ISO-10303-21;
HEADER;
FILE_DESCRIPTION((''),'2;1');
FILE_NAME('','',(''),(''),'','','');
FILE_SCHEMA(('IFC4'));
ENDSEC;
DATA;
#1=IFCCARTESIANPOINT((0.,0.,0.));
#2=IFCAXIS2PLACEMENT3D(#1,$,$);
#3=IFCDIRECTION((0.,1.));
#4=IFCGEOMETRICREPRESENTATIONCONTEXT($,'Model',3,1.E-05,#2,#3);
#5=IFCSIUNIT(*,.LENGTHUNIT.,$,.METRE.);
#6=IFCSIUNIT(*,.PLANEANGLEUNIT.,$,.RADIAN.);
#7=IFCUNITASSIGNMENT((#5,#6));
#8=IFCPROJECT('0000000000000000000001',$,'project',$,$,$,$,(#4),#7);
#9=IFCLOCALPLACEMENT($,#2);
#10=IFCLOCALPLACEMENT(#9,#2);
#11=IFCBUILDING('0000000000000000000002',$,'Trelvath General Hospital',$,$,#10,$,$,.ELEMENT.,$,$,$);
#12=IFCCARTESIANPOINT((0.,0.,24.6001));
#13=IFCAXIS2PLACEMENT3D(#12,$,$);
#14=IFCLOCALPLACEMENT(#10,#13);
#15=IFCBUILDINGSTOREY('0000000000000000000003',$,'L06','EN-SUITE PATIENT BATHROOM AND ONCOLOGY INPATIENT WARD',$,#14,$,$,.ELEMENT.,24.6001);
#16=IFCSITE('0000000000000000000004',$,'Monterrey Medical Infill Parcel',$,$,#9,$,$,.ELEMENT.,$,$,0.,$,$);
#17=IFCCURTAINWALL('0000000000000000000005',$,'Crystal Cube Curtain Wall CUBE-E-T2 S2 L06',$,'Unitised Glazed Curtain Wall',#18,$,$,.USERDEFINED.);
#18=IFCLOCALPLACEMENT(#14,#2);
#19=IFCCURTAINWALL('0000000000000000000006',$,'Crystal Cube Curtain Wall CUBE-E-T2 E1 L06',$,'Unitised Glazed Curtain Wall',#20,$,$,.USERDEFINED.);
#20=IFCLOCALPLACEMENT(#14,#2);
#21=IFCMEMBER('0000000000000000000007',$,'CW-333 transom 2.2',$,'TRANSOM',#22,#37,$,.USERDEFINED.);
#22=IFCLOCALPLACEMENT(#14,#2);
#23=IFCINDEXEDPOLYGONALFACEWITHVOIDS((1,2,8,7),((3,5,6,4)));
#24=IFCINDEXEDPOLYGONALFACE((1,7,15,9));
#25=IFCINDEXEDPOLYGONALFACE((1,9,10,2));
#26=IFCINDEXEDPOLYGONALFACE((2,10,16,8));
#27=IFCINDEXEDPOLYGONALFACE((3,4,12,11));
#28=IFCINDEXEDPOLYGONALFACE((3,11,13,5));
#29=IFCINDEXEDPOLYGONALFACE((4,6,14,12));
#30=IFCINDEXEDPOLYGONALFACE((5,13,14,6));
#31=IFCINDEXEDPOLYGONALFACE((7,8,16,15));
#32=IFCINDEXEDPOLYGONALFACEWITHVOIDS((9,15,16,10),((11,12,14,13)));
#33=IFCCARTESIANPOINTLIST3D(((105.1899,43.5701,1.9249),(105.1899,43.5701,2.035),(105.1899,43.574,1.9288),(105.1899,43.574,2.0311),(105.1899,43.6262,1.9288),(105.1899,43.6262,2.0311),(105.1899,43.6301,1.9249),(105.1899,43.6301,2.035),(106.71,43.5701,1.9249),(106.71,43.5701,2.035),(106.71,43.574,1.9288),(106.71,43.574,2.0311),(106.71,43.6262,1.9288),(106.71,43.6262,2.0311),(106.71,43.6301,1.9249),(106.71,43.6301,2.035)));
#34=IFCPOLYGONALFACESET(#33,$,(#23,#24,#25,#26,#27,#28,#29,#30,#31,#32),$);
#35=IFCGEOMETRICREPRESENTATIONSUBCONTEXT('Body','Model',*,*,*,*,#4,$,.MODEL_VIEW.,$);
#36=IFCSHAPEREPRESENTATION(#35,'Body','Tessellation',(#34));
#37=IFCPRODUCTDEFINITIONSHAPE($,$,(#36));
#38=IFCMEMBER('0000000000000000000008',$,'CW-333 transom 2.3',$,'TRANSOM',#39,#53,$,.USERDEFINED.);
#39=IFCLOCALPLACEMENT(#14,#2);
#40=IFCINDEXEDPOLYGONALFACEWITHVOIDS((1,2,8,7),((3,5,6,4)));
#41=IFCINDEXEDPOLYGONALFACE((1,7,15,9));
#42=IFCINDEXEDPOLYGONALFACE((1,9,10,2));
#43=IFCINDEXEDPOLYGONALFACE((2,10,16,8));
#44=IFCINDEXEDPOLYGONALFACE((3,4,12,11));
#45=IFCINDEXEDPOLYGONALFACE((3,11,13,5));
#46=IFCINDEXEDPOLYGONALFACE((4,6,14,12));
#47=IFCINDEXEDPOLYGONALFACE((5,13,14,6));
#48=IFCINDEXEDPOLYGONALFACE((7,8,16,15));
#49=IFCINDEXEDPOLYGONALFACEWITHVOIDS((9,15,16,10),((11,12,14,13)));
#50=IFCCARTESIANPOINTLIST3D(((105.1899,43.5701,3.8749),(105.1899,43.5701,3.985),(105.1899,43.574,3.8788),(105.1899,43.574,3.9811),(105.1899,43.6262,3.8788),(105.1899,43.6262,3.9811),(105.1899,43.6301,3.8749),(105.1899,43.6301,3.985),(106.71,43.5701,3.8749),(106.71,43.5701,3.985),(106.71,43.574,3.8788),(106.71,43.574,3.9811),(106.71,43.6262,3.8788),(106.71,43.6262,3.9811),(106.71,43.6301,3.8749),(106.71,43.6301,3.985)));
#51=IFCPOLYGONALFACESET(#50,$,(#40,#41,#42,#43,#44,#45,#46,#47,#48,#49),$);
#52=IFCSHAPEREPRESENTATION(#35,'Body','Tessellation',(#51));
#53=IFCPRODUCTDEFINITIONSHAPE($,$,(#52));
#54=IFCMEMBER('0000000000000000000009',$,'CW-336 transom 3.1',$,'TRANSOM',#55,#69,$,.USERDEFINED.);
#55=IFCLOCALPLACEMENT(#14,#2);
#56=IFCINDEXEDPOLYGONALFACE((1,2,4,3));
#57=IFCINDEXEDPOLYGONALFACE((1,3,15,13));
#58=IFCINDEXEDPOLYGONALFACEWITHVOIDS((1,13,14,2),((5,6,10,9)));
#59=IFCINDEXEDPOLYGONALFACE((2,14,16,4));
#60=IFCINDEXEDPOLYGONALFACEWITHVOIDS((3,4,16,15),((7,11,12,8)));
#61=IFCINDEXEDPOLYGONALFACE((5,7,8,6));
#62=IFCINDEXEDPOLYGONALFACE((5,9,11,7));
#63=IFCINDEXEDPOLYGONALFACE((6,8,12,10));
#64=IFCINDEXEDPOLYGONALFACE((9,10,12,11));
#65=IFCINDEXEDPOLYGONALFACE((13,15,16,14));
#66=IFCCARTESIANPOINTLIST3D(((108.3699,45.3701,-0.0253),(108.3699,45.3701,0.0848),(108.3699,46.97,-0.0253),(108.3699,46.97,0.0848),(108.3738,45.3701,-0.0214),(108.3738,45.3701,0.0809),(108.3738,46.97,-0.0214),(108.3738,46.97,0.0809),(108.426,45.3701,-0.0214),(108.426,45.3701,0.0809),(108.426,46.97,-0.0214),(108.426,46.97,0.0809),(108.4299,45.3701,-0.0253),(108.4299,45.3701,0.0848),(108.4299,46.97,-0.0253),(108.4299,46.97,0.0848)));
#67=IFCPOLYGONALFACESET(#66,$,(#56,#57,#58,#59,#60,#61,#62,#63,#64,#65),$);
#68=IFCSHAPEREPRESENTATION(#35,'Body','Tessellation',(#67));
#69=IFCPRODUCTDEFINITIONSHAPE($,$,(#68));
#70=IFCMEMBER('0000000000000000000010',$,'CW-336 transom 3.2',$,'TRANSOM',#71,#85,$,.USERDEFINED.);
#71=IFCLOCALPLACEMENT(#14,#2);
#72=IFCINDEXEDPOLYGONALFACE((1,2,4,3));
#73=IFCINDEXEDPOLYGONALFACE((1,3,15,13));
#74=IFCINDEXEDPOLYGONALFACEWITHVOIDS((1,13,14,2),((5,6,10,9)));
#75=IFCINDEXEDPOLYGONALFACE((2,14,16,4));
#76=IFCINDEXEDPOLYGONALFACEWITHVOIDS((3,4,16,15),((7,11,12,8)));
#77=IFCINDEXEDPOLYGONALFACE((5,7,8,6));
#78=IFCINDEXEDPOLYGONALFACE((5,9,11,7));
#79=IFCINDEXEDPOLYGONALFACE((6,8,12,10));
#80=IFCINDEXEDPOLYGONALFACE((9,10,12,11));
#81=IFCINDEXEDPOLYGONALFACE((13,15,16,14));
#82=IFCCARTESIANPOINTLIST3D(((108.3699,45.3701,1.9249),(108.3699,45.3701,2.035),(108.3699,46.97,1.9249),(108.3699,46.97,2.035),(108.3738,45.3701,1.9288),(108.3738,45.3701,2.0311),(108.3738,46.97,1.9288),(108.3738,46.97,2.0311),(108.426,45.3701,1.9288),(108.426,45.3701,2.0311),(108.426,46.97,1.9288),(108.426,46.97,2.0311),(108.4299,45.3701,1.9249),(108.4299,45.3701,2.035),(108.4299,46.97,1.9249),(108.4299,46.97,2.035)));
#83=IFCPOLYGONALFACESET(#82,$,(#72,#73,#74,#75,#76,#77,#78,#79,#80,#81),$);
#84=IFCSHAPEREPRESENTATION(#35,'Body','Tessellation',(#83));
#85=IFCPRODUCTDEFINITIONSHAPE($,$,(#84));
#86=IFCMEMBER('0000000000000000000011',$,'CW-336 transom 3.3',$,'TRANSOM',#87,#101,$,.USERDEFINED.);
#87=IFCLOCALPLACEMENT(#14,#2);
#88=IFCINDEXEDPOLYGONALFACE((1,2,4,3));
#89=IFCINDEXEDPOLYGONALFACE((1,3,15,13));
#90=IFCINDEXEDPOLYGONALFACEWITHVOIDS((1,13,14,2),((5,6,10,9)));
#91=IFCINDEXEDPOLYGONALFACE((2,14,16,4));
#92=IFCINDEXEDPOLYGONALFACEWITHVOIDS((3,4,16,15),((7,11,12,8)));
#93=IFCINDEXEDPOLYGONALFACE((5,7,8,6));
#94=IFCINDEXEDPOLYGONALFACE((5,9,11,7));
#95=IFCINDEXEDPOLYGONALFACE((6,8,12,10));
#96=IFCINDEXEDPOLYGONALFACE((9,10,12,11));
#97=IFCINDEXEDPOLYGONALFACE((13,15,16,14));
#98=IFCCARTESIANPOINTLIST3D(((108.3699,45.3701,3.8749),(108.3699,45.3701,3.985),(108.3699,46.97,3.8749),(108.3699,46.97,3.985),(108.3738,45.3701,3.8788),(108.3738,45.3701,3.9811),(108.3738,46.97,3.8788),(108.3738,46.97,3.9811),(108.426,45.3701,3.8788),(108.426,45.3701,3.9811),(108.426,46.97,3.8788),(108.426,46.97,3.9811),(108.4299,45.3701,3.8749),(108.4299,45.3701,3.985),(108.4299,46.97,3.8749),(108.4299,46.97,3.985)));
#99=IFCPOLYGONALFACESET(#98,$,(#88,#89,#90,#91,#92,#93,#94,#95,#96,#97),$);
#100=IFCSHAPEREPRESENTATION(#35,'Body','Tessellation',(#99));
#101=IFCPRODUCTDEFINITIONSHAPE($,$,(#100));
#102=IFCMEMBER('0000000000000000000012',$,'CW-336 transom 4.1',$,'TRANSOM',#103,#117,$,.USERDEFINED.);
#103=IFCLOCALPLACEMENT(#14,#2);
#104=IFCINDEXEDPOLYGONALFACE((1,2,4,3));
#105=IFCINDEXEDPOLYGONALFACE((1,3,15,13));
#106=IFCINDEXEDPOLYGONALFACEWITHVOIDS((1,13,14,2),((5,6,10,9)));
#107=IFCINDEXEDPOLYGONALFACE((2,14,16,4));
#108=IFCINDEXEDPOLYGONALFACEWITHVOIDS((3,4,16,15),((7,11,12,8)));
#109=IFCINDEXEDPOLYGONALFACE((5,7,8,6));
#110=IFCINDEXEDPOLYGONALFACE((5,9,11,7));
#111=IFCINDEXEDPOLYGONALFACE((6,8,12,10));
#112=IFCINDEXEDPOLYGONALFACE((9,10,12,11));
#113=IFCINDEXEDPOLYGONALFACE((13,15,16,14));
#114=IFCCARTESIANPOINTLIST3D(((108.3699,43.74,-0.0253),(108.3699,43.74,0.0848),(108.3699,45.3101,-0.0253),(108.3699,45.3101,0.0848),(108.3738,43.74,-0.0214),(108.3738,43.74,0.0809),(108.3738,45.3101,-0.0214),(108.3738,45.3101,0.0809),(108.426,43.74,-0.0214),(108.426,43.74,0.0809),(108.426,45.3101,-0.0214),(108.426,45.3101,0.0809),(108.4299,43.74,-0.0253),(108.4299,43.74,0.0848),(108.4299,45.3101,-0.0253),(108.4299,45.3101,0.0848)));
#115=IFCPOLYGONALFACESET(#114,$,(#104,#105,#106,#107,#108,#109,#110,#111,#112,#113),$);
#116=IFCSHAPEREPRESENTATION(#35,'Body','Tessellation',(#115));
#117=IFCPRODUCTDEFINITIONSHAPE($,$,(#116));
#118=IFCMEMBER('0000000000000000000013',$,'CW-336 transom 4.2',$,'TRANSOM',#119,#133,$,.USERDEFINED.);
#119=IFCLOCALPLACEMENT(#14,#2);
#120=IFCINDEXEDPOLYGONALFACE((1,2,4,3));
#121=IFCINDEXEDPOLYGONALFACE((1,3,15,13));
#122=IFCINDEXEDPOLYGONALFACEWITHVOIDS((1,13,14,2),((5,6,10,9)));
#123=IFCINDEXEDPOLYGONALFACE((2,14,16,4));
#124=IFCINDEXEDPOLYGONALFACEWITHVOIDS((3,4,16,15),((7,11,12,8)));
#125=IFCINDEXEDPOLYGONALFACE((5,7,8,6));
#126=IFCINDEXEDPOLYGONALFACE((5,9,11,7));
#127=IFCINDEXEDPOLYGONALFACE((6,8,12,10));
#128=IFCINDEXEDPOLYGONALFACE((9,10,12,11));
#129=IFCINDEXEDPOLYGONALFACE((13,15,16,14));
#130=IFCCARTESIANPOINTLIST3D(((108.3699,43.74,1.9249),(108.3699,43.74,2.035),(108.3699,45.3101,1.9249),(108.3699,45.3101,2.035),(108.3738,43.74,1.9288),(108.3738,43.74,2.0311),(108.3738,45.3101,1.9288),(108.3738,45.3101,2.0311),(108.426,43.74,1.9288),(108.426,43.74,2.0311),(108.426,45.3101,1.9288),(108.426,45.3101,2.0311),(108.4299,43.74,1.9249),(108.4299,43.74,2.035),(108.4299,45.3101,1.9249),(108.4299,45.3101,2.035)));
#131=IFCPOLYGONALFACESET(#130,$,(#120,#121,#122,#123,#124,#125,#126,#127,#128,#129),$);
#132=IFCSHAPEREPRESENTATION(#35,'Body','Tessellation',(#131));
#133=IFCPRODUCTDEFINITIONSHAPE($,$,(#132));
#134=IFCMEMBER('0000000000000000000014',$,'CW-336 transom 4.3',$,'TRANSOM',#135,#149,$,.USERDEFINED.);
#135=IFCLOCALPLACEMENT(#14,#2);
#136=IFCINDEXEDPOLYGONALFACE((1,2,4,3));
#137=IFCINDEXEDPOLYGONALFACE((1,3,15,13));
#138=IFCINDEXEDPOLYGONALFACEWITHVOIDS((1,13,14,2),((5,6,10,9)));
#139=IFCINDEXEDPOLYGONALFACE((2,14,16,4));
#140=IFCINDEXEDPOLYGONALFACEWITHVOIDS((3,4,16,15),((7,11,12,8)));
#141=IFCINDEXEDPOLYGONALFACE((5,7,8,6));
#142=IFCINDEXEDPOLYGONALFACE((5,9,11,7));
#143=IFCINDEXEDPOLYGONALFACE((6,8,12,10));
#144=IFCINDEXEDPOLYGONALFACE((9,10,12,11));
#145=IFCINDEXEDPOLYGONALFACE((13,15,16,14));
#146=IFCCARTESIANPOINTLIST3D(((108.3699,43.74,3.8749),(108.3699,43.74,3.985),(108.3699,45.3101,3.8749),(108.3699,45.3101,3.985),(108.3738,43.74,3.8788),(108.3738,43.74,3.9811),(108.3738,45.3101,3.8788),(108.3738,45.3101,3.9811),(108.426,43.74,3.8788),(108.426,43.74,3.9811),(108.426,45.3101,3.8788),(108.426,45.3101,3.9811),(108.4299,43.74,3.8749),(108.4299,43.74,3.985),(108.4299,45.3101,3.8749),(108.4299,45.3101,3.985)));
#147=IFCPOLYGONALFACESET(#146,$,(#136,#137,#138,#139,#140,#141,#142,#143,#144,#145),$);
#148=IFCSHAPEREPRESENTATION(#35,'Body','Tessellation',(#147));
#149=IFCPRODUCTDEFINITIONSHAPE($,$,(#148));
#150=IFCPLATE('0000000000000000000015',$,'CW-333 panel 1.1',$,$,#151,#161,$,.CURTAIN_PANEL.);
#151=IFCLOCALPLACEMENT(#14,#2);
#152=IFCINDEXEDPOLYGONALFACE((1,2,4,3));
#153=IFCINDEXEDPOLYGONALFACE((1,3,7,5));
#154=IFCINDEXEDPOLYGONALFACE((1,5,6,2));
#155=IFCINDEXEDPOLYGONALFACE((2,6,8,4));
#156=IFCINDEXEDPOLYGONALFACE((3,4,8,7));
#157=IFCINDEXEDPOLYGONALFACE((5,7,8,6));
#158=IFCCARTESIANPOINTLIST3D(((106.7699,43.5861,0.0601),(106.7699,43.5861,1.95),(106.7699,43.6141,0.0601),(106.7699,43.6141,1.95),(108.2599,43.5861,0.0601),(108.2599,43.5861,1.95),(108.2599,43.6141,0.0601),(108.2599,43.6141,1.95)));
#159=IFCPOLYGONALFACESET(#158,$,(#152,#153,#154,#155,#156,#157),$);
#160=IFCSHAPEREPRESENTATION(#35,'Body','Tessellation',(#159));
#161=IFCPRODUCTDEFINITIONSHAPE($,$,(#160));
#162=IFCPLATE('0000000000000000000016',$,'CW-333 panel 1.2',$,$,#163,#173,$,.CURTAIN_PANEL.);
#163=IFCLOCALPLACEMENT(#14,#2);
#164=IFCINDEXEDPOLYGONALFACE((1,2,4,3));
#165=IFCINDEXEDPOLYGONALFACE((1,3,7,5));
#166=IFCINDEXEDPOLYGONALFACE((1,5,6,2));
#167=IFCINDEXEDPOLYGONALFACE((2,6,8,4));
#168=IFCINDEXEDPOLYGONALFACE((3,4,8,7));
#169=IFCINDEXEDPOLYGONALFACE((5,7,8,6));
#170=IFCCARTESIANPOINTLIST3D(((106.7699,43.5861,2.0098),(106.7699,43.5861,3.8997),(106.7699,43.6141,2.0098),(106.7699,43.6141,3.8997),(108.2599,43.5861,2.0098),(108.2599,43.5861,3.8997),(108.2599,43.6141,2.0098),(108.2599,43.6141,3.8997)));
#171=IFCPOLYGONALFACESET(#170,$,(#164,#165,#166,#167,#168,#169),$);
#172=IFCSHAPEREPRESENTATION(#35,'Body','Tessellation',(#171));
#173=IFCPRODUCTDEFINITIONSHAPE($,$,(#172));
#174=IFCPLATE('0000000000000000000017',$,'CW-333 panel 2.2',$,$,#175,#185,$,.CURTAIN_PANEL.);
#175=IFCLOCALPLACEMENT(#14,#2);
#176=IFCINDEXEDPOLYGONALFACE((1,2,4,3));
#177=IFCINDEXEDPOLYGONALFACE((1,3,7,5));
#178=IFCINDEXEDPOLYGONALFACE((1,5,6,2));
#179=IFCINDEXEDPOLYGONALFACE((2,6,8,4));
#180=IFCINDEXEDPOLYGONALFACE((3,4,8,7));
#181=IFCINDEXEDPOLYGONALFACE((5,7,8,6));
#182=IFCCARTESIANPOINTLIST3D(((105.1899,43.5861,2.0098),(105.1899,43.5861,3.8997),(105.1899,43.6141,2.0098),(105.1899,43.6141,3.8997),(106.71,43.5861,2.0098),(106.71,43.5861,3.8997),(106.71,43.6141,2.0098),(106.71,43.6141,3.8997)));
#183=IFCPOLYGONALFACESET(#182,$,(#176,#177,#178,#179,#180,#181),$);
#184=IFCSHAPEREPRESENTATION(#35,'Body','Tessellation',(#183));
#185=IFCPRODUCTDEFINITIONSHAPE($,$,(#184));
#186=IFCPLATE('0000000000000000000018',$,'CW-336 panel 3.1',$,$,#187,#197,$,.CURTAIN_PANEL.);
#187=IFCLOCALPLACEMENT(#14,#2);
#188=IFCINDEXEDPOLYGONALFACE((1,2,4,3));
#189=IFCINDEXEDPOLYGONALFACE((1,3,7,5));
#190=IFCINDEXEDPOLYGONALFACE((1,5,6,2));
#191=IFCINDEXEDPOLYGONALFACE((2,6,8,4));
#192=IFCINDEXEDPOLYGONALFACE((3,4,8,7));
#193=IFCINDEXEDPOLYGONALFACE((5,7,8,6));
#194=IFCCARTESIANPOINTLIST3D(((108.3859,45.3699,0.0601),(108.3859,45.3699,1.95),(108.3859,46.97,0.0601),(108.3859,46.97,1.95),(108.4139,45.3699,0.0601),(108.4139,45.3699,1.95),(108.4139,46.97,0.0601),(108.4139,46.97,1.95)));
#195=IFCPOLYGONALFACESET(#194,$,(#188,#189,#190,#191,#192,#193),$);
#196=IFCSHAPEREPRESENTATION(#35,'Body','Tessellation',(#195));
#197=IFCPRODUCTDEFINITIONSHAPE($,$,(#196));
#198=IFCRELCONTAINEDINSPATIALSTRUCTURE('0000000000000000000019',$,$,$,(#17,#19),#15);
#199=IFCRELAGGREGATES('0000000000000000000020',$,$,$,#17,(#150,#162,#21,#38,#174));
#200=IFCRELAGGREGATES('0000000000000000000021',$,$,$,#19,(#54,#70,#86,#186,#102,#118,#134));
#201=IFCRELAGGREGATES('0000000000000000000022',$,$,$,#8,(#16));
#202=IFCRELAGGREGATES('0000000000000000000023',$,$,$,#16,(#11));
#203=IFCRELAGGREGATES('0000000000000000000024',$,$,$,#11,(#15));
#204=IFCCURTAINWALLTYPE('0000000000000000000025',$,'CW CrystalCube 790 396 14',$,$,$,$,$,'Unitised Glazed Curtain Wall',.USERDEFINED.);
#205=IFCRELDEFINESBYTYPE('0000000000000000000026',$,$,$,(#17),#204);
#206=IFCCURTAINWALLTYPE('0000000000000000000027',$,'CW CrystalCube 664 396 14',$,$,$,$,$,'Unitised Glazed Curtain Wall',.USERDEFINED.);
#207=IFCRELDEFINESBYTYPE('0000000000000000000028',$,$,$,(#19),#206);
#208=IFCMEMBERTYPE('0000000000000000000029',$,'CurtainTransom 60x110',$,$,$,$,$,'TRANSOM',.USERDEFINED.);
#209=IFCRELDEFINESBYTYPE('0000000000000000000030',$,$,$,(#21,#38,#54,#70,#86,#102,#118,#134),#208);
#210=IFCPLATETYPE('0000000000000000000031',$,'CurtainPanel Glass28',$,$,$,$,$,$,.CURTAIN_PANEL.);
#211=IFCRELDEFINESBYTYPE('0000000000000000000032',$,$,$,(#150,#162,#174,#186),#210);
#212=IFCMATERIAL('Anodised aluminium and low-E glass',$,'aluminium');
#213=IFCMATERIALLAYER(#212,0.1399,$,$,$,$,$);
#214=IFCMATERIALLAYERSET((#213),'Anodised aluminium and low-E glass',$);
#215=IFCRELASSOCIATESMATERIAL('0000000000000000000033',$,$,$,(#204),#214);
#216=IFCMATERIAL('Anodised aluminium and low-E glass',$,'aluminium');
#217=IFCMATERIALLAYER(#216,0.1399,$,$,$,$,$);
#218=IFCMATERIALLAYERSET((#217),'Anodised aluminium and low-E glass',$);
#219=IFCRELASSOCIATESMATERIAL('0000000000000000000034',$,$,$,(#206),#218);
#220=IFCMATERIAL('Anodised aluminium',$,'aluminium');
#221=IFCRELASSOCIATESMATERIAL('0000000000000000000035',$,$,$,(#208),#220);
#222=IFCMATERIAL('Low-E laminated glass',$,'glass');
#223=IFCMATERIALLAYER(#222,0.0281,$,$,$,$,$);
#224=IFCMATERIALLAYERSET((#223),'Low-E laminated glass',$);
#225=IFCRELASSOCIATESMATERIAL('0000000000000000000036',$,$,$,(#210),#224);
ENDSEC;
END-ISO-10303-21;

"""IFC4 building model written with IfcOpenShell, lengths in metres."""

from ifc_helpers import new_model, si_unit, direction, frame, origin, origin_2d, place, context, subcontext, project, spatial, rectangle, hollow_rectangle, extrude, material, layer, layer_set, material_profile, profile_set, type_object, element, aggregate, save


model = new_model("IFC4")

# Units and contexts
model_context = context("Model", 3, precision=1e-05, world=origin(), true_north=direction((0.0, 1.0)))
body_context = subcontext(model_context, "Body", "Model", "MODEL_VIEW")
ifc_project = project(units=[si_unit("LENGTHUNIT", "METRE"), si_unit("PLANEANGLEUNIT", "RADIAN")], contexts=[model_context])

# Site, building, storey
site_placement = place(None, origin())
site = spatial("IfcSite", under=ifc_project, at=site_placement, Name="Monterrey Medical Infill Parcel", CompositionType="ELEMENT", RefElevation=0.0)
building_placement = place(site_placement, origin())
building = spatial("IfcBuilding", under=site, at=building_placement, Name="Trelvath General Hospital", CompositionType="ELEMENT")
storey_placement = place(building_placement, frame((0.0, 0.0, 24.6001)))
storey = spatial("IfcBuildingStorey", under=building, at=storey_placement, Name="L06", Description="EN-SUITE PATIENT BATHROOM AND ONCOLOGY INPATIENT WARD", CompositionType="ELEMENT", Elevation=24.6001)

# Curtain walls
ifc_material_1 = material(Name="Anodised aluminium and low-E glass", Category="aluminium")
ifc_layer_1 = layer(ifc_material_1, 0.1399)
ifc_layer_set_1 = layer_set([ifc_layer_1], Name="Anodised aluminium and low-E glass")
curtain_wall_type_1 = type_object("IfcCurtainWallType", Name="CW CrystalCube 790 396 14", ElementType="Unitised Glazed Curtain Wall", PredefinedType="USERDEFINED", material=ifc_layer_set_1)
curtain_wall_1_placement = place(storey_placement, origin())
curtain_wall_1 = element("IfcCurtainWall", 1, at=curtain_wall_1_placement, inside=storey, type_object=curtain_wall_type_1, Name="Crystal Cube Curtain Wall CUBE-E-T2 S2 L06", ObjectType="Unitised Glazed Curtain Wall", PredefinedType="USERDEFINED")
ifc_material_2 = material(Name="Anodised aluminium and low-E glass", Category="aluminium")
ifc_layer_2 = layer(ifc_material_2, 0.1399)
ifc_layer_set_2 = layer_set([ifc_layer_2], Name="Anodised aluminium and low-E glass")
curtain_wall_type_2 = type_object("IfcCurtainWallType", Name="CW CrystalCube 664 396 14", ElementType="Unitised Glazed Curtain Wall", PredefinedType="USERDEFINED", material=ifc_layer_set_2)
curtain_wall_2_placement = place(storey_placement, origin())
curtain_wall_2 = element("IfcCurtainWall", 2, at=curtain_wall_2_placement, inside=storey, type_object=curtain_wall_type_2, Name="Crystal Cube Curtain Wall CUBE-E-T2 E1 L06", ObjectType="Unitised Glazed Curtain Wall", PredefinedType="USERDEFINED")

# Members
ifc_material_3 = material(Name="Anodised aluminium", Category="aluminium")
ifc_material_profile_1 = material_profile(ifc_material_3, hollow_rectangle(XDim=0.0601, YDim=0.1101, WallThickness=0.0039, at=origin_2d()), Name="RHS60x110x4")
ifc_profile_set_1 = profile_set([ifc_material_profile_1], Name="Anodised aluminium")
member_type_1 = type_object("IfcMemberType", Name="CurtainTransom 60x110", ElementType="TRANSOM", PredefinedType="USERDEFINED", material=ifc_profile_set_1)
member_1_placement = place(storey_placement, frame((106.71, 43.6001, 1.98), z_axis=(-1.0, 0.0, 0.0), x_axis=(0.0, -1.0, 0.0)))
member_1 = element("IfcMember", 3, at=member_1_placement, type_object=member_type_1, Name="CW-333 transom 2.2", ObjectType="TRANSOM", PredefinedType="USERDEFINED", context=body_context, shape_type="SweptSolid", body=[
    extrude(hollow_rectangle(XDim=0.0601, YDim=0.1101, WallThickness=0.0039, at=origin_2d()), origin(), (0.0, 0.0, 1.0), 1.52),
])
member_2_placement = place(storey_placement, frame((106.71, 43.6001, 3.9299), z_axis=(-1.0, 0.0, 0.0), x_axis=(0.0, -1.0, 0.0)))
member_2 = element("IfcMember", 4, at=member_2_placement, type_object=member_type_1, Name="CW-333 transom 2.3", ObjectType="TRANSOM", PredefinedType="USERDEFINED", context=body_context, shape_type="SweptSolid", body=[
    extrude(hollow_rectangle(XDim=0.0601, YDim=0.1101, WallThickness=0.0039, at=origin_2d()), origin(), (0.0, 0.0, 1.0), 1.52),
])
member_3_placement = place(storey_placement, frame((108.3999, 46.97, 0.0298), z_axis=(0.0, -1.0, 0.0), x_axis=(1.0, 0.0, 0.0)))
member_3 = element("IfcMember", 5, at=member_3_placement, type_object=member_type_1, Name="CW-336 transom 3.1", ObjectType="TRANSOM", PredefinedType="USERDEFINED", context=body_context, shape_type="SweptSolid", body=[
    extrude(hollow_rectangle(XDim=0.0601, YDim=0.1101, WallThickness=0.0039, at=origin_2d()), origin(), (0.0, 0.0, 1.0), 1.5999),
])
member_4_placement = place(storey_placement, frame((108.3999, 46.97, 1.98), z_axis=(0.0, -1.0, 0.0), x_axis=(1.0, 0.0, 0.0)))
member_4 = element("IfcMember", 6, at=member_4_placement, type_object=member_type_1, Name="CW-336 transom 3.2", ObjectType="TRANSOM", PredefinedType="USERDEFINED", context=body_context, shape_type="SweptSolid", body=[
    extrude(hollow_rectangle(XDim=0.0601, YDim=0.1101, WallThickness=0.0039, at=origin_2d()), origin(), (0.0, 0.0, 1.0), 1.5999),
])
member_5_placement = place(storey_placement, frame((108.3999, 46.97, 3.9299), z_axis=(0.0, -1.0, 0.0), x_axis=(1.0, 0.0, 0.0)))
member_5 = element("IfcMember", 7, at=member_5_placement, type_object=member_type_1, Name="CW-336 transom 3.3", ObjectType="TRANSOM", PredefinedType="USERDEFINED", context=body_context, shape_type="SweptSolid", body=[
    extrude(hollow_rectangle(XDim=0.0601, YDim=0.1101, WallThickness=0.0039, at=origin_2d()), origin(), (0.0, 0.0, 1.0), 1.5999),
])
member_6_placement = place(storey_placement, frame((108.3999, 45.3101, 0.0298), z_axis=(0.0, -1.0, 0.0), x_axis=(1.0, 0.0, 0.0)))
member_6 = element("IfcMember", 8, at=member_6_placement, type_object=member_type_1, Name="CW-336 transom 4.1", ObjectType="TRANSOM", PredefinedType="USERDEFINED", context=body_context, shape_type="SweptSolid", body=[
    extrude(hollow_rectangle(XDim=0.0601, YDim=0.1101, WallThickness=0.0039, at=origin_2d()), origin(), (0.0, 0.0, 1.0), 1.5701),
])
member_7_placement = place(storey_placement, frame((108.3999, 45.3101, 1.98), z_axis=(0.0, -1.0, 0.0), x_axis=(1.0, 0.0, 0.0)))
member_7 = element("IfcMember", 9, at=member_7_placement, type_object=member_type_1, Name="CW-336 transom 4.2", ObjectType="TRANSOM", PredefinedType="USERDEFINED", context=body_context, shape_type="SweptSolid", body=[
    extrude(hollow_rectangle(XDim=0.0601, YDim=0.1101, WallThickness=0.0039, at=origin_2d()), origin(), (0.0, 0.0, 1.0), 1.5701),
])
member_8_placement = place(storey_placement, frame((108.3999, 45.3101, 3.9299), z_axis=(0.0, -1.0, 0.0), x_axis=(1.0, 0.0, 0.0)))
member_8 = element("IfcMember", 10, at=member_8_placement, type_object=member_type_1, Name="CW-336 transom 4.3", ObjectType="TRANSOM", PredefinedType="USERDEFINED", context=body_context, shape_type="SweptSolid", body=[
    extrude(hollow_rectangle(XDim=0.0601, YDim=0.1101, WallThickness=0.0039, at=origin_2d()), origin(), (0.0, 0.0, 1.0), 1.5701),
])

# Plates
ifc_material_4 = material(Name="Low-E laminated glass", Category="glass")
ifc_layer_3 = layer(ifc_material_4, 0.0281)
ifc_layer_set_3 = layer_set([ifc_layer_3], Name="Low-E laminated glass")
plate_type = type_object("IfcPlateType", Name="CurtainPanel Glass28", PredefinedType="CURTAIN_PANEL", material=ifc_layer_set_3)
plate_1_placement = place(storey_placement, frame((107.5149, 43.6001, 0.0601), z_axis=(0.0, 0.0, 1.0), x_axis=(-1.0, 0.0, 0.0)))
plate_1 = element("IfcPlate", 11, at=plate_1_placement, type_object=plate_type, Name="CW-333 panel 1.1", PredefinedType="CURTAIN_PANEL", context=body_context, shape_type="SweptSolid", body=[
    extrude(rectangle(XDim=1.49, YDim=0.0281, at=origin_2d()), origin(), (0.0, 0.0, 1.0), 1.8899),
])
plate_2_placement = place(storey_placement, frame((107.5149, 43.6001, 2.0098), z_axis=(0.0, 0.0, 1.0), x_axis=(-1.0, 0.0, 0.0)))
plate_2 = element("IfcPlate", 12, at=plate_2_placement, type_object=plate_type, Name="CW-333 panel 1.2", PredefinedType="CURTAIN_PANEL", context=body_context, shape_type="SweptSolid", body=[
    extrude(rectangle(XDim=1.49, YDim=0.0281, at=origin_2d()), origin(), (0.0, 0.0, 1.0), 1.8899),
])
plate_3_placement = place(storey_placement, frame((105.95, 43.6001, 2.0098), z_axis=(0.0, 0.0, 1.0), x_axis=(-1.0, 0.0, 0.0)))
plate_3 = element("IfcPlate", 13, at=plate_3_placement, type_object=plate_type, Name="CW-333 panel 2.2", PredefinedType="CURTAIN_PANEL", context=body_context, shape_type="SweptSolid", body=[
    extrude(rectangle(XDim=1.52, YDim=0.0281, at=origin_2d()), origin(), (0.0, 0.0, 1.0), 1.8899),
])
aggregate(curtain_wall_1, [plate_1, plate_2, member_1, member_2, plate_3])
plate_4_placement = place(storey_placement, frame((108.3999, 46.1699, 0.0601), z_axis=(0.0, 0.0, 1.0), x_axis=(0.0, -1.0, 0.0)))
plate_4 = element("IfcPlate", 14, at=plate_4_placement, type_object=plate_type, Name="CW-336 panel 3.1", PredefinedType="CURTAIN_PANEL", context=body_context, shape_type="SweptSolid", body=[
    extrude(rectangle(XDim=1.6001, YDim=0.0281, at=origin_2d()), origin(), (0.0, 0.0, 1.0), 1.8899),
])
aggregate(curtain_wall_2, [member_3, member_4, member_5, plate_4, member_6, member_7, member_8])

save(model, "model.ifc")
